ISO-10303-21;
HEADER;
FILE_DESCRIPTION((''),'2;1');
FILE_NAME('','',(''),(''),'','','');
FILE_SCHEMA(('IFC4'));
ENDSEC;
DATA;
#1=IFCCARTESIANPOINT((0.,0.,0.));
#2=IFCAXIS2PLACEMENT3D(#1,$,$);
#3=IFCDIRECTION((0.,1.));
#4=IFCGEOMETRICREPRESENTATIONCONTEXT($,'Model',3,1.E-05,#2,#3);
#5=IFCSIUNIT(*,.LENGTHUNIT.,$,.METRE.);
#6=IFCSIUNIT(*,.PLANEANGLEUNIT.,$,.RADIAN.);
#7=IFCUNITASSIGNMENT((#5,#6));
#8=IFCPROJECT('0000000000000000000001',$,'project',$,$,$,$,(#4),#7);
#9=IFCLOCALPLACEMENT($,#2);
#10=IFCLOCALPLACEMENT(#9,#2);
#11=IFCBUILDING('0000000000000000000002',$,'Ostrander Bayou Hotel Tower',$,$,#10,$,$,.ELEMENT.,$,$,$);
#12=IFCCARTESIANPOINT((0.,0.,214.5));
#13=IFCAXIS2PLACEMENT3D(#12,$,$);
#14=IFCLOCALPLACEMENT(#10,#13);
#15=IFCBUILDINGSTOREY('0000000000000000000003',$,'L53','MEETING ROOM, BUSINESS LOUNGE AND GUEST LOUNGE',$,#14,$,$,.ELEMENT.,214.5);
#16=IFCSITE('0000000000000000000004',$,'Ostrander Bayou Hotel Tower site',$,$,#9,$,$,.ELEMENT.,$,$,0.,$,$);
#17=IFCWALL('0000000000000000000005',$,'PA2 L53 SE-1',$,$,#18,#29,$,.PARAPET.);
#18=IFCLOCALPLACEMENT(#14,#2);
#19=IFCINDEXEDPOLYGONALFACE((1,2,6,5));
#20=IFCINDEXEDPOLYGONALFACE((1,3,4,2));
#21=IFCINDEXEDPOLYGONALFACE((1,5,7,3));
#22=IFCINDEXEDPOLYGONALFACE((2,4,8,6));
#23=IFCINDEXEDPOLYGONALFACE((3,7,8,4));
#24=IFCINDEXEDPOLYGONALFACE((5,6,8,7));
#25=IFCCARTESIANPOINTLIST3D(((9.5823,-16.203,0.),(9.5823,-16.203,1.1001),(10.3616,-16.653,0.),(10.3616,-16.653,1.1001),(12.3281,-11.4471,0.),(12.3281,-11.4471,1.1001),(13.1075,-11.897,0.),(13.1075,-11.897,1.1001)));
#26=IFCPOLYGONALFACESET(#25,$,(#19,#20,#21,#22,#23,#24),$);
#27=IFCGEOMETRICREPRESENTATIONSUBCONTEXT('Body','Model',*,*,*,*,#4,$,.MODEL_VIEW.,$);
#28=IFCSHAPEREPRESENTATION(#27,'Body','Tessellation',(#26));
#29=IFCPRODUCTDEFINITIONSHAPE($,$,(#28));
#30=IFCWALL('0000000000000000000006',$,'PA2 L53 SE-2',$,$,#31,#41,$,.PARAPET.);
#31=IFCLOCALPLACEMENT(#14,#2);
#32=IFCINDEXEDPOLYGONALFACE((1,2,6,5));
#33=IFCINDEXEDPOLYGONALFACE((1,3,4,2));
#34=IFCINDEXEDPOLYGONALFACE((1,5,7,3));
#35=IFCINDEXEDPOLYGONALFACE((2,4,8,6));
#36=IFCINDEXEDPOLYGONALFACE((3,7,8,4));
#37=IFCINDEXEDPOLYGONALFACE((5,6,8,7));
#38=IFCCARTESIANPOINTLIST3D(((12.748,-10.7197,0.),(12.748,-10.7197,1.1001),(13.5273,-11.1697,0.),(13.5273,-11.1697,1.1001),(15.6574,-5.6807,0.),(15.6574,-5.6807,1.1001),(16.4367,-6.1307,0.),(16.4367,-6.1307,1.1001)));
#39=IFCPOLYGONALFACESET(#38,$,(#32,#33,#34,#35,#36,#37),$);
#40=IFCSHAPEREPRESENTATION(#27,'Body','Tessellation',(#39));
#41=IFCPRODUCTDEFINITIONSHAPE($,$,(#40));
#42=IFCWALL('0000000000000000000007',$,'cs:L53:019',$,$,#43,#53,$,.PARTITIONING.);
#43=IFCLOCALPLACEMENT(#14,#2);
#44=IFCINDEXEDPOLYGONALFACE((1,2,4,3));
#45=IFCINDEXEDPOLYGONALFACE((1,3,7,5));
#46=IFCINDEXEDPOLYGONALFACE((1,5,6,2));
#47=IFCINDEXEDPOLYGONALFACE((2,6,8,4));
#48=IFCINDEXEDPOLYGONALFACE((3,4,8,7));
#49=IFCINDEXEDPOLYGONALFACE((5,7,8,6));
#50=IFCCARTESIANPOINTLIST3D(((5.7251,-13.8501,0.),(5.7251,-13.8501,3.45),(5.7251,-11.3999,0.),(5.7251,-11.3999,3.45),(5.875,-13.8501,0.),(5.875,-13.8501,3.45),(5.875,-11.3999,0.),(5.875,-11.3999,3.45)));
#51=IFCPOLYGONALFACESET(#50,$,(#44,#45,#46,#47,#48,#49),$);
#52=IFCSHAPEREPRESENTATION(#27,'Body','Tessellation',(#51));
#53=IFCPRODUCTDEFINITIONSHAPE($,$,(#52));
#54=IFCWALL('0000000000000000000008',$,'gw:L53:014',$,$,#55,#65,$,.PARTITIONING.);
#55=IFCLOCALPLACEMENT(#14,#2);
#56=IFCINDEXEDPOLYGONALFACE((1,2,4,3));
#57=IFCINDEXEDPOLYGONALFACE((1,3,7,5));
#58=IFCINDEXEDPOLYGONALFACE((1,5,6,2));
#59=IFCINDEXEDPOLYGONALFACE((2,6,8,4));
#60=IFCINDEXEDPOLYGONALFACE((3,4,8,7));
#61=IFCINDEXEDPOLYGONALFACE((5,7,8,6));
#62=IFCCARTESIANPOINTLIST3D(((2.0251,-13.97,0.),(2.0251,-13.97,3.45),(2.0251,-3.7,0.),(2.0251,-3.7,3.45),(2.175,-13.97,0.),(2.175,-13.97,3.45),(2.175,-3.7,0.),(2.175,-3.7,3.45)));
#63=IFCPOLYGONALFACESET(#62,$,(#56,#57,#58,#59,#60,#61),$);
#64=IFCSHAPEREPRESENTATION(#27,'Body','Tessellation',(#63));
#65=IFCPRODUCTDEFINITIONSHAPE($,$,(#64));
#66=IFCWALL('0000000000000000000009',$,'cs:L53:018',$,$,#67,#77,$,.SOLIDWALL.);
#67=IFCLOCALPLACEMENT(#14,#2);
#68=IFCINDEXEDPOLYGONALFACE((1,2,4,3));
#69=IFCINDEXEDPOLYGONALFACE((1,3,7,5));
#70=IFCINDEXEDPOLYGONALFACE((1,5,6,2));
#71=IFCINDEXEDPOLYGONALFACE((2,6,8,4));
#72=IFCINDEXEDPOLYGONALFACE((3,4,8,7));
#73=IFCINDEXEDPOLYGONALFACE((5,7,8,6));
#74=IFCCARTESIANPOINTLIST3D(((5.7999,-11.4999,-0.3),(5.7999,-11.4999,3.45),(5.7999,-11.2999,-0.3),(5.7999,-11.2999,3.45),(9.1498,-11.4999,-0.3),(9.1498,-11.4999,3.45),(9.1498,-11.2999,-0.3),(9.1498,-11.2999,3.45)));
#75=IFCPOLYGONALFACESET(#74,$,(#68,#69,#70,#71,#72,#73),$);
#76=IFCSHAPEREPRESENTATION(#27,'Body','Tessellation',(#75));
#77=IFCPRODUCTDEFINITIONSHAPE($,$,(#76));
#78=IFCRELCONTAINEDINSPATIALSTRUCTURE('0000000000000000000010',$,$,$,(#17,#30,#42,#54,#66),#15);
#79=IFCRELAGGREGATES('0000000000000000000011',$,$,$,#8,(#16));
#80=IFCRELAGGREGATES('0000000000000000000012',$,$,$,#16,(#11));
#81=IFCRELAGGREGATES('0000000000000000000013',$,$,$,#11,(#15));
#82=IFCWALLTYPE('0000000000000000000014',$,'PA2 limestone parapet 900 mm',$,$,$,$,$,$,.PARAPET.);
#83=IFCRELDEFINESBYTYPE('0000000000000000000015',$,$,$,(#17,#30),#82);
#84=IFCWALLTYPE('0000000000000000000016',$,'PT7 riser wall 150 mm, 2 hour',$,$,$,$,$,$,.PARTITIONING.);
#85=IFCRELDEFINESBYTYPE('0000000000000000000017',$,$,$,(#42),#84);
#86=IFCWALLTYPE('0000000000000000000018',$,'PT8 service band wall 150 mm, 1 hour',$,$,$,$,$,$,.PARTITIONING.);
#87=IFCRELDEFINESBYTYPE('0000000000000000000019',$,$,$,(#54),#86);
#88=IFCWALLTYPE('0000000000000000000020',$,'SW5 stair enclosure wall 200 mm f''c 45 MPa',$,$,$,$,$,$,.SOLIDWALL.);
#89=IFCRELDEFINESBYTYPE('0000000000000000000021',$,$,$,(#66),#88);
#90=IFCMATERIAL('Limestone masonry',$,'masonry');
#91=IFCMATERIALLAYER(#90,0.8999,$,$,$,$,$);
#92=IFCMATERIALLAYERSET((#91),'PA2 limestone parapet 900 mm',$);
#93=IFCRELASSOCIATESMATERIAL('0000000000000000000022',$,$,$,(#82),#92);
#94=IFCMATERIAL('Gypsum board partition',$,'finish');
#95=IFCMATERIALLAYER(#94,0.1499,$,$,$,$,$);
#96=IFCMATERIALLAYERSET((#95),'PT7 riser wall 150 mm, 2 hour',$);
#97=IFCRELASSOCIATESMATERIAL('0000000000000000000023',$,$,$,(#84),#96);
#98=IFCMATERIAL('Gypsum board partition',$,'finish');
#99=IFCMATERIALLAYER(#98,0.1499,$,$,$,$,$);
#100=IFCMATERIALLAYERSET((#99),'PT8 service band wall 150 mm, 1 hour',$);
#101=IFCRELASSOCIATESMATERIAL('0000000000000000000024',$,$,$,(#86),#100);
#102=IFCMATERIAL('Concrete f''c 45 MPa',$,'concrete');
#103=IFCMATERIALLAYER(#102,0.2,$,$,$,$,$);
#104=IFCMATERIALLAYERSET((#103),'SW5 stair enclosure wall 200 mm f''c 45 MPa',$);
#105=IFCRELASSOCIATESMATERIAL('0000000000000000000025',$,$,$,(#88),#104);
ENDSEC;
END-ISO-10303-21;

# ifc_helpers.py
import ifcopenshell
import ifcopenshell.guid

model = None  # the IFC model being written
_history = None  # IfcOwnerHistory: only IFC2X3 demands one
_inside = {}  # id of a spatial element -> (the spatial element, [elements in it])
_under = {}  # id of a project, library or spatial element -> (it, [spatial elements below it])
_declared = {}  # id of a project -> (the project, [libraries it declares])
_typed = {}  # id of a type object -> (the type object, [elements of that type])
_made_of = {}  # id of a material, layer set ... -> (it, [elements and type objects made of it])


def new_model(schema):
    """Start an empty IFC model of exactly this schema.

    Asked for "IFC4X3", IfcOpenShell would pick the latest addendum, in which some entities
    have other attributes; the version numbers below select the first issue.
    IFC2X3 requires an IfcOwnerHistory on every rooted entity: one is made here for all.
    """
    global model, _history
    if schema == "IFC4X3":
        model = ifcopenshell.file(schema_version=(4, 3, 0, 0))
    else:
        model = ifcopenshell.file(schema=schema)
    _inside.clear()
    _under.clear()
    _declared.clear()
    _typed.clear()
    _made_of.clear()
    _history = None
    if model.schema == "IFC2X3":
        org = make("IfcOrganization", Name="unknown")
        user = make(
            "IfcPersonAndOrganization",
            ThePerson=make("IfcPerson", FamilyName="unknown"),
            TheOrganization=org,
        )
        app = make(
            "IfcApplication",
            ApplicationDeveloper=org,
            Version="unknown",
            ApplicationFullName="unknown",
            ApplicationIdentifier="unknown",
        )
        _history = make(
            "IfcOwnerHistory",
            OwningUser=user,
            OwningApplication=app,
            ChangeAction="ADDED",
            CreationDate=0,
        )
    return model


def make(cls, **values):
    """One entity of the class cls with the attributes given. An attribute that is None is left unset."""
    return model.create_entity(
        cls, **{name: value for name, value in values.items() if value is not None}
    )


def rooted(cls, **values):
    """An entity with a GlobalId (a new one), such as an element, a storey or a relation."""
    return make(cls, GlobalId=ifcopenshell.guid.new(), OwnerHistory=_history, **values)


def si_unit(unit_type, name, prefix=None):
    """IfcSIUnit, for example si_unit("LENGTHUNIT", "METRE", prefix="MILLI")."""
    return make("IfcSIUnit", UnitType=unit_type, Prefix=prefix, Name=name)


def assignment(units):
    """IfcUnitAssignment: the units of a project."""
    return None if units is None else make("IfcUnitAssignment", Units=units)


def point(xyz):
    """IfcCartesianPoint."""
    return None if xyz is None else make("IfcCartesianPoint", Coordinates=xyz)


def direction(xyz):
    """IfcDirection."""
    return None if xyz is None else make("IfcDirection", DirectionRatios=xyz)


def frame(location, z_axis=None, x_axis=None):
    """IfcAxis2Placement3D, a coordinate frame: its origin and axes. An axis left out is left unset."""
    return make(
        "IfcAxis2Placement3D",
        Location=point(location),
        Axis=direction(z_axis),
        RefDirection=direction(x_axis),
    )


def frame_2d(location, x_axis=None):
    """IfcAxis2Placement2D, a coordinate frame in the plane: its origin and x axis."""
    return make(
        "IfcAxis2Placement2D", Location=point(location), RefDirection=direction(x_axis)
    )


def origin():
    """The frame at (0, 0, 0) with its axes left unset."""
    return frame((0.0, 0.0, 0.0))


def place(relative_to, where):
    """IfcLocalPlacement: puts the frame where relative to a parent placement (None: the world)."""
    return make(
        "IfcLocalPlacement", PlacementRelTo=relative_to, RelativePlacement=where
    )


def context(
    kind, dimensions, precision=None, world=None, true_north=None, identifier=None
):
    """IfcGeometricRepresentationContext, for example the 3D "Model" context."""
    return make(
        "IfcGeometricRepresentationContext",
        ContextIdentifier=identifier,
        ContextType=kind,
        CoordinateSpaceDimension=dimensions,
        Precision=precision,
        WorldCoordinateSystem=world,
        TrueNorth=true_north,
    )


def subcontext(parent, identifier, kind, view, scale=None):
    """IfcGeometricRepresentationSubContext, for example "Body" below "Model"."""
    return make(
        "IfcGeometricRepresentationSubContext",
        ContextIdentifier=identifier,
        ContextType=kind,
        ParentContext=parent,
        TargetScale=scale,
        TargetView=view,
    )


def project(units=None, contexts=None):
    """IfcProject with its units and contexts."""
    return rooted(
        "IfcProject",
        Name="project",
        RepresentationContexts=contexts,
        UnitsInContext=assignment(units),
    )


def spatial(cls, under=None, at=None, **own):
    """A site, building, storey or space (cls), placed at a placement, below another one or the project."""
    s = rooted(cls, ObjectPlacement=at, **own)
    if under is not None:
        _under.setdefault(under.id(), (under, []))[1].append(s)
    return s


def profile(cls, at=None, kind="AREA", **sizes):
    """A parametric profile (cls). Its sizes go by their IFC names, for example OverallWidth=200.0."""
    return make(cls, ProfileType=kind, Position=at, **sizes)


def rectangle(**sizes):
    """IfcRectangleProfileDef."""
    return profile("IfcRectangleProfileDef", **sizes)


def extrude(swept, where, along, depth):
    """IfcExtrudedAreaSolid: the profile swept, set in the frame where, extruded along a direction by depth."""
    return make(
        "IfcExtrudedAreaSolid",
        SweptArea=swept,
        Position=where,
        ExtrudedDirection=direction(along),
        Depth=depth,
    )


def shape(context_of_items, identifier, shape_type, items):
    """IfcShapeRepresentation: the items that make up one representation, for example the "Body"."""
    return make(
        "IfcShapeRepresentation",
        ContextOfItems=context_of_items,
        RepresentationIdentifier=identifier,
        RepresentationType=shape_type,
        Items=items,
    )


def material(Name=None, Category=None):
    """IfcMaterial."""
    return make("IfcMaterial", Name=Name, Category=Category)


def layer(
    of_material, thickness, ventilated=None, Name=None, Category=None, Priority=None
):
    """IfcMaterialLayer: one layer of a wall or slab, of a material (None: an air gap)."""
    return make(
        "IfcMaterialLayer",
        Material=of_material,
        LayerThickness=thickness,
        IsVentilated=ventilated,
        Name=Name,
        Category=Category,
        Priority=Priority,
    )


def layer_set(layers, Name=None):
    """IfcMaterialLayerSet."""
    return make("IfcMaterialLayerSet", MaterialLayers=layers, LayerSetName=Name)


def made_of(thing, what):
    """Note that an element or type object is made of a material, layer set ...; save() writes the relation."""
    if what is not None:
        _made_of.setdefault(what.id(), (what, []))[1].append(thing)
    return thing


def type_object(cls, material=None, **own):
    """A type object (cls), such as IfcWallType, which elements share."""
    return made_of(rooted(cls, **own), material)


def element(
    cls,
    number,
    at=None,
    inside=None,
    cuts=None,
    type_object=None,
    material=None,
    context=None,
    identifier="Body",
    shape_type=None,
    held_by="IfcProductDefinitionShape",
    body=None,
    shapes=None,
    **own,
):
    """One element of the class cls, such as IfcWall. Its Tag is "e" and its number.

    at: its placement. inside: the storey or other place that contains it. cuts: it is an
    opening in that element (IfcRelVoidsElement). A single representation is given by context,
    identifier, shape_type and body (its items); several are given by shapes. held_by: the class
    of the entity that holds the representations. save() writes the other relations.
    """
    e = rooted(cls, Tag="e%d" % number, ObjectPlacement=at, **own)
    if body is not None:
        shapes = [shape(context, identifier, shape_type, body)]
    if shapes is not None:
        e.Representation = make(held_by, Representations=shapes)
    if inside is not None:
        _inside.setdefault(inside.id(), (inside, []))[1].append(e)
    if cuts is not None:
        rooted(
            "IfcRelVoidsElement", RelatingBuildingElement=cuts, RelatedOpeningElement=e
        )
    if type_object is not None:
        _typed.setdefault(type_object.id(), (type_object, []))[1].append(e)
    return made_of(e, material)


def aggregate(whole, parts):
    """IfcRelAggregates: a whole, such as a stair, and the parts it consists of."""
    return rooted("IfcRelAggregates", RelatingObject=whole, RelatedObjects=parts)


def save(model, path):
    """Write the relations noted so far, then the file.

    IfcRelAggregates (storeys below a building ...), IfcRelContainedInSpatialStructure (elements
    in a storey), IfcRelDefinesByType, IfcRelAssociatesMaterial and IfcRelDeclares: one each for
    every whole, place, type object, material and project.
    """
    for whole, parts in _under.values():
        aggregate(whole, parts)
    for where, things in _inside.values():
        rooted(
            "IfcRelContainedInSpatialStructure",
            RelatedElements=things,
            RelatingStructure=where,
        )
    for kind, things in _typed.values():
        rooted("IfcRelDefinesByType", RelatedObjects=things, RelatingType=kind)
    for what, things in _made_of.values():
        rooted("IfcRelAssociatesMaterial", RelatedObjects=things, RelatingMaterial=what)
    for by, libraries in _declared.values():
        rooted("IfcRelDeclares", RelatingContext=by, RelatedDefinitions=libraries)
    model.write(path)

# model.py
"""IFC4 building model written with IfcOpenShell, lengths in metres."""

from ifc_helpers import new_model, si_unit, direction, frame, frame_2d, origin, place, context, subcontext, project, spatial, rectangle, extrude, material, layer, layer_set, type_object, element, save


model = new_model("IFC4")

# Units and contexts
model_context = context("Model", 3, precision=1e-05, world=origin(), true_north=direction((0.0, 1.0)))
body_context = subcontext(model_context, "Body", "Model", "MODEL_VIEW")
ifc_project = project(units=[si_unit("LENGTHUNIT", "METRE"), si_unit("PLANEANGLEUNIT", "RADIAN")], contexts=[model_context])

# Site, building, storey
site_placement = place(None, origin())
site = spatial("IfcSite", under=ifc_project, at=site_placement, Name="Ostrander Bayou Hotel Tower site", CompositionType="ELEMENT", RefElevation=0.0)
building_placement = place(site_placement, origin())
building = spatial("IfcBuilding", under=site, at=building_placement, Name="Ostrander Bayou Hotel Tower", CompositionType="ELEMENT")
storey_placement = place(building_placement, frame((0.0, 0.0, 214.5)))
storey = spatial("IfcBuildingStorey", under=building, at=storey_placement, Name="L53", Description="MEETING ROOM, BUSINESS LOUNGE AND GUEST LOUNGE", CompositionType="ELEMENT", Elevation=214.5)

# Walls
ifc_material_1 = material(Name="Limestone masonry", Category="masonry")
ifc_layer_1 = layer(ifc_material_1, 0.8999)
ifc_layer_set_1 = layer_set([ifc_layer_1], Name="PA2 limestone parapet 900 mm")
wall_type_1 = type_object("IfcWallType", Name="PA2 limestone parapet 900 mm", PredefinedType="PARAPET", material=ifc_layer_set_1)
wall_1_placement = place(storey_placement, frame((9.9719, -16.428, 0.0), z_axis=(0.0, 0.0, 1.0), x_axis=(0.500007, 0.866021, 0.0)))
element("IfcWall", 1, at=wall_1_placement, inside=storey, type_object=wall_type_1, Name="PA2 L53 SE-1", PredefinedType="PARAPET", context=body_context, shape_type="SweptSolid", body=[
    extrude(rectangle(XDim=5.4917, YDim=0.8999, at=frame_2d((2.7458, 0.0))), origin(), (0.0, 0.0, 1.0), 1.1001),
])
wall_2_placement = place(storey_placement, frame((13.1377, -10.9446, 0.0), z_axis=(0.0, 0.0, 1.0), x_axis=(0.500015, 0.866016, 0.0)))
element("IfcWall", 2, at=wall_2_placement, inside=storey, type_object=wall_type_1, Name="PA2 L53 SE-2", PredefinedType="PARAPET", context=body_context, shape_type="SweptSolid", body=[
    extrude(rectangle(XDim=5.8186, YDim=0.8999, at=frame_2d((2.9092, 0.0))), origin(), (0.0, 0.0, 1.0), 1.1001),
])
ifc_material_2 = material(Name="Gypsum board partition", Category="finish")
ifc_layer_2 = layer(ifc_material_2, 0.1499)
ifc_layer_set_2 = layer_set([ifc_layer_2], Name="PT7 riser wall 150 mm, 2 hour")
wall_type_2 = type_object("IfcWallType", Name="PT7 riser wall 150 mm, 2 hour", PredefinedType="PARTITIONING", material=ifc_layer_set_2)
wall_3_placement = place(storey_placement, frame((5.8, -11.3999, 0.0), z_axis=(0.0, 0.0, 1.0), x_axis=(0.0, -1.0, 0.0)))
element("IfcWall", 3, at=wall_3_placement, inside=storey, type_object=wall_type_2, Name="cs:L53:019", PredefinedType="PARTITIONING", context=body_context, shape_type="SweptSolid", body=[
    extrude(rectangle(XDim=2.4502, YDim=0.1499, at=frame_2d((1.2251, 0.0))), origin(), (0.0, 0.0, 1.0), 3.45),
])
ifc_material_3 = material(Name="Gypsum board partition", Category="finish")
ifc_layer_3 = layer(ifc_material_3, 0.1499)
ifc_layer_set_3 = layer_set([ifc_layer_3], Name="PT8 service band wall 150 mm, 1 hour")
wall_type_3 = type_object("IfcWallType", Name="PT8 service band wall 150 mm, 1 hour", PredefinedType="PARTITIONING", material=ifc_layer_set_3)
wall_4_placement = place(storey_placement, frame((2.1001, -13.97, 0.0), z_axis=(0.0, 0.0, 1.0), x_axis=(0.0, 1.0, 0.0)))
element("IfcWall", 4, at=wall_4_placement, inside=storey, type_object=wall_type_3, Name="gw:L53:014", PredefinedType="PARTITIONING", context=body_context, shape_type="SweptSolid", body=[
    extrude(rectangle(XDim=10.27, YDim=0.1499, at=frame_2d((5.135, 0.0))), origin(), (0.0, 0.0, 1.0), 3.45),
])
ifc_material_4 = material(Name="Concrete f'c 45 MPa", Category="concrete")
ifc_layer_4 = layer(ifc_material_4, 0.2)
ifc_layer_set_4 = layer_set([ifc_layer_4], Name="SW5 stair enclosure wall 200 mm f'c 45 MPa")
wall_type_4 = type_object("IfcWallType", Name="SW5 stair enclosure wall 200 mm f'c 45 MPa", PredefinedType="SOLIDWALL", material=ifc_layer_set_4)
wall_5_placement = place(storey_placement, frame((5.8, -11.3999, -0.3), z_axis=(0.0, 0.0, 1.0), x_axis=(1.0, 0.0, 0.0)))
element("IfcWall", 5, at=wall_5_placement, inside=storey, type_object=wall_type_4, Name="cs:L53:018", PredefinedType="SOLIDWALL", context=body_context, shape_type="SweptSolid", body=[
    extrude(rectangle(XDim=3.3499, YDim=0.2, at=frame_2d((1.6748, 0.0))), origin(), (0.0, 0.0, 1.0), 3.75),
])

save(model, "model.ifc")
